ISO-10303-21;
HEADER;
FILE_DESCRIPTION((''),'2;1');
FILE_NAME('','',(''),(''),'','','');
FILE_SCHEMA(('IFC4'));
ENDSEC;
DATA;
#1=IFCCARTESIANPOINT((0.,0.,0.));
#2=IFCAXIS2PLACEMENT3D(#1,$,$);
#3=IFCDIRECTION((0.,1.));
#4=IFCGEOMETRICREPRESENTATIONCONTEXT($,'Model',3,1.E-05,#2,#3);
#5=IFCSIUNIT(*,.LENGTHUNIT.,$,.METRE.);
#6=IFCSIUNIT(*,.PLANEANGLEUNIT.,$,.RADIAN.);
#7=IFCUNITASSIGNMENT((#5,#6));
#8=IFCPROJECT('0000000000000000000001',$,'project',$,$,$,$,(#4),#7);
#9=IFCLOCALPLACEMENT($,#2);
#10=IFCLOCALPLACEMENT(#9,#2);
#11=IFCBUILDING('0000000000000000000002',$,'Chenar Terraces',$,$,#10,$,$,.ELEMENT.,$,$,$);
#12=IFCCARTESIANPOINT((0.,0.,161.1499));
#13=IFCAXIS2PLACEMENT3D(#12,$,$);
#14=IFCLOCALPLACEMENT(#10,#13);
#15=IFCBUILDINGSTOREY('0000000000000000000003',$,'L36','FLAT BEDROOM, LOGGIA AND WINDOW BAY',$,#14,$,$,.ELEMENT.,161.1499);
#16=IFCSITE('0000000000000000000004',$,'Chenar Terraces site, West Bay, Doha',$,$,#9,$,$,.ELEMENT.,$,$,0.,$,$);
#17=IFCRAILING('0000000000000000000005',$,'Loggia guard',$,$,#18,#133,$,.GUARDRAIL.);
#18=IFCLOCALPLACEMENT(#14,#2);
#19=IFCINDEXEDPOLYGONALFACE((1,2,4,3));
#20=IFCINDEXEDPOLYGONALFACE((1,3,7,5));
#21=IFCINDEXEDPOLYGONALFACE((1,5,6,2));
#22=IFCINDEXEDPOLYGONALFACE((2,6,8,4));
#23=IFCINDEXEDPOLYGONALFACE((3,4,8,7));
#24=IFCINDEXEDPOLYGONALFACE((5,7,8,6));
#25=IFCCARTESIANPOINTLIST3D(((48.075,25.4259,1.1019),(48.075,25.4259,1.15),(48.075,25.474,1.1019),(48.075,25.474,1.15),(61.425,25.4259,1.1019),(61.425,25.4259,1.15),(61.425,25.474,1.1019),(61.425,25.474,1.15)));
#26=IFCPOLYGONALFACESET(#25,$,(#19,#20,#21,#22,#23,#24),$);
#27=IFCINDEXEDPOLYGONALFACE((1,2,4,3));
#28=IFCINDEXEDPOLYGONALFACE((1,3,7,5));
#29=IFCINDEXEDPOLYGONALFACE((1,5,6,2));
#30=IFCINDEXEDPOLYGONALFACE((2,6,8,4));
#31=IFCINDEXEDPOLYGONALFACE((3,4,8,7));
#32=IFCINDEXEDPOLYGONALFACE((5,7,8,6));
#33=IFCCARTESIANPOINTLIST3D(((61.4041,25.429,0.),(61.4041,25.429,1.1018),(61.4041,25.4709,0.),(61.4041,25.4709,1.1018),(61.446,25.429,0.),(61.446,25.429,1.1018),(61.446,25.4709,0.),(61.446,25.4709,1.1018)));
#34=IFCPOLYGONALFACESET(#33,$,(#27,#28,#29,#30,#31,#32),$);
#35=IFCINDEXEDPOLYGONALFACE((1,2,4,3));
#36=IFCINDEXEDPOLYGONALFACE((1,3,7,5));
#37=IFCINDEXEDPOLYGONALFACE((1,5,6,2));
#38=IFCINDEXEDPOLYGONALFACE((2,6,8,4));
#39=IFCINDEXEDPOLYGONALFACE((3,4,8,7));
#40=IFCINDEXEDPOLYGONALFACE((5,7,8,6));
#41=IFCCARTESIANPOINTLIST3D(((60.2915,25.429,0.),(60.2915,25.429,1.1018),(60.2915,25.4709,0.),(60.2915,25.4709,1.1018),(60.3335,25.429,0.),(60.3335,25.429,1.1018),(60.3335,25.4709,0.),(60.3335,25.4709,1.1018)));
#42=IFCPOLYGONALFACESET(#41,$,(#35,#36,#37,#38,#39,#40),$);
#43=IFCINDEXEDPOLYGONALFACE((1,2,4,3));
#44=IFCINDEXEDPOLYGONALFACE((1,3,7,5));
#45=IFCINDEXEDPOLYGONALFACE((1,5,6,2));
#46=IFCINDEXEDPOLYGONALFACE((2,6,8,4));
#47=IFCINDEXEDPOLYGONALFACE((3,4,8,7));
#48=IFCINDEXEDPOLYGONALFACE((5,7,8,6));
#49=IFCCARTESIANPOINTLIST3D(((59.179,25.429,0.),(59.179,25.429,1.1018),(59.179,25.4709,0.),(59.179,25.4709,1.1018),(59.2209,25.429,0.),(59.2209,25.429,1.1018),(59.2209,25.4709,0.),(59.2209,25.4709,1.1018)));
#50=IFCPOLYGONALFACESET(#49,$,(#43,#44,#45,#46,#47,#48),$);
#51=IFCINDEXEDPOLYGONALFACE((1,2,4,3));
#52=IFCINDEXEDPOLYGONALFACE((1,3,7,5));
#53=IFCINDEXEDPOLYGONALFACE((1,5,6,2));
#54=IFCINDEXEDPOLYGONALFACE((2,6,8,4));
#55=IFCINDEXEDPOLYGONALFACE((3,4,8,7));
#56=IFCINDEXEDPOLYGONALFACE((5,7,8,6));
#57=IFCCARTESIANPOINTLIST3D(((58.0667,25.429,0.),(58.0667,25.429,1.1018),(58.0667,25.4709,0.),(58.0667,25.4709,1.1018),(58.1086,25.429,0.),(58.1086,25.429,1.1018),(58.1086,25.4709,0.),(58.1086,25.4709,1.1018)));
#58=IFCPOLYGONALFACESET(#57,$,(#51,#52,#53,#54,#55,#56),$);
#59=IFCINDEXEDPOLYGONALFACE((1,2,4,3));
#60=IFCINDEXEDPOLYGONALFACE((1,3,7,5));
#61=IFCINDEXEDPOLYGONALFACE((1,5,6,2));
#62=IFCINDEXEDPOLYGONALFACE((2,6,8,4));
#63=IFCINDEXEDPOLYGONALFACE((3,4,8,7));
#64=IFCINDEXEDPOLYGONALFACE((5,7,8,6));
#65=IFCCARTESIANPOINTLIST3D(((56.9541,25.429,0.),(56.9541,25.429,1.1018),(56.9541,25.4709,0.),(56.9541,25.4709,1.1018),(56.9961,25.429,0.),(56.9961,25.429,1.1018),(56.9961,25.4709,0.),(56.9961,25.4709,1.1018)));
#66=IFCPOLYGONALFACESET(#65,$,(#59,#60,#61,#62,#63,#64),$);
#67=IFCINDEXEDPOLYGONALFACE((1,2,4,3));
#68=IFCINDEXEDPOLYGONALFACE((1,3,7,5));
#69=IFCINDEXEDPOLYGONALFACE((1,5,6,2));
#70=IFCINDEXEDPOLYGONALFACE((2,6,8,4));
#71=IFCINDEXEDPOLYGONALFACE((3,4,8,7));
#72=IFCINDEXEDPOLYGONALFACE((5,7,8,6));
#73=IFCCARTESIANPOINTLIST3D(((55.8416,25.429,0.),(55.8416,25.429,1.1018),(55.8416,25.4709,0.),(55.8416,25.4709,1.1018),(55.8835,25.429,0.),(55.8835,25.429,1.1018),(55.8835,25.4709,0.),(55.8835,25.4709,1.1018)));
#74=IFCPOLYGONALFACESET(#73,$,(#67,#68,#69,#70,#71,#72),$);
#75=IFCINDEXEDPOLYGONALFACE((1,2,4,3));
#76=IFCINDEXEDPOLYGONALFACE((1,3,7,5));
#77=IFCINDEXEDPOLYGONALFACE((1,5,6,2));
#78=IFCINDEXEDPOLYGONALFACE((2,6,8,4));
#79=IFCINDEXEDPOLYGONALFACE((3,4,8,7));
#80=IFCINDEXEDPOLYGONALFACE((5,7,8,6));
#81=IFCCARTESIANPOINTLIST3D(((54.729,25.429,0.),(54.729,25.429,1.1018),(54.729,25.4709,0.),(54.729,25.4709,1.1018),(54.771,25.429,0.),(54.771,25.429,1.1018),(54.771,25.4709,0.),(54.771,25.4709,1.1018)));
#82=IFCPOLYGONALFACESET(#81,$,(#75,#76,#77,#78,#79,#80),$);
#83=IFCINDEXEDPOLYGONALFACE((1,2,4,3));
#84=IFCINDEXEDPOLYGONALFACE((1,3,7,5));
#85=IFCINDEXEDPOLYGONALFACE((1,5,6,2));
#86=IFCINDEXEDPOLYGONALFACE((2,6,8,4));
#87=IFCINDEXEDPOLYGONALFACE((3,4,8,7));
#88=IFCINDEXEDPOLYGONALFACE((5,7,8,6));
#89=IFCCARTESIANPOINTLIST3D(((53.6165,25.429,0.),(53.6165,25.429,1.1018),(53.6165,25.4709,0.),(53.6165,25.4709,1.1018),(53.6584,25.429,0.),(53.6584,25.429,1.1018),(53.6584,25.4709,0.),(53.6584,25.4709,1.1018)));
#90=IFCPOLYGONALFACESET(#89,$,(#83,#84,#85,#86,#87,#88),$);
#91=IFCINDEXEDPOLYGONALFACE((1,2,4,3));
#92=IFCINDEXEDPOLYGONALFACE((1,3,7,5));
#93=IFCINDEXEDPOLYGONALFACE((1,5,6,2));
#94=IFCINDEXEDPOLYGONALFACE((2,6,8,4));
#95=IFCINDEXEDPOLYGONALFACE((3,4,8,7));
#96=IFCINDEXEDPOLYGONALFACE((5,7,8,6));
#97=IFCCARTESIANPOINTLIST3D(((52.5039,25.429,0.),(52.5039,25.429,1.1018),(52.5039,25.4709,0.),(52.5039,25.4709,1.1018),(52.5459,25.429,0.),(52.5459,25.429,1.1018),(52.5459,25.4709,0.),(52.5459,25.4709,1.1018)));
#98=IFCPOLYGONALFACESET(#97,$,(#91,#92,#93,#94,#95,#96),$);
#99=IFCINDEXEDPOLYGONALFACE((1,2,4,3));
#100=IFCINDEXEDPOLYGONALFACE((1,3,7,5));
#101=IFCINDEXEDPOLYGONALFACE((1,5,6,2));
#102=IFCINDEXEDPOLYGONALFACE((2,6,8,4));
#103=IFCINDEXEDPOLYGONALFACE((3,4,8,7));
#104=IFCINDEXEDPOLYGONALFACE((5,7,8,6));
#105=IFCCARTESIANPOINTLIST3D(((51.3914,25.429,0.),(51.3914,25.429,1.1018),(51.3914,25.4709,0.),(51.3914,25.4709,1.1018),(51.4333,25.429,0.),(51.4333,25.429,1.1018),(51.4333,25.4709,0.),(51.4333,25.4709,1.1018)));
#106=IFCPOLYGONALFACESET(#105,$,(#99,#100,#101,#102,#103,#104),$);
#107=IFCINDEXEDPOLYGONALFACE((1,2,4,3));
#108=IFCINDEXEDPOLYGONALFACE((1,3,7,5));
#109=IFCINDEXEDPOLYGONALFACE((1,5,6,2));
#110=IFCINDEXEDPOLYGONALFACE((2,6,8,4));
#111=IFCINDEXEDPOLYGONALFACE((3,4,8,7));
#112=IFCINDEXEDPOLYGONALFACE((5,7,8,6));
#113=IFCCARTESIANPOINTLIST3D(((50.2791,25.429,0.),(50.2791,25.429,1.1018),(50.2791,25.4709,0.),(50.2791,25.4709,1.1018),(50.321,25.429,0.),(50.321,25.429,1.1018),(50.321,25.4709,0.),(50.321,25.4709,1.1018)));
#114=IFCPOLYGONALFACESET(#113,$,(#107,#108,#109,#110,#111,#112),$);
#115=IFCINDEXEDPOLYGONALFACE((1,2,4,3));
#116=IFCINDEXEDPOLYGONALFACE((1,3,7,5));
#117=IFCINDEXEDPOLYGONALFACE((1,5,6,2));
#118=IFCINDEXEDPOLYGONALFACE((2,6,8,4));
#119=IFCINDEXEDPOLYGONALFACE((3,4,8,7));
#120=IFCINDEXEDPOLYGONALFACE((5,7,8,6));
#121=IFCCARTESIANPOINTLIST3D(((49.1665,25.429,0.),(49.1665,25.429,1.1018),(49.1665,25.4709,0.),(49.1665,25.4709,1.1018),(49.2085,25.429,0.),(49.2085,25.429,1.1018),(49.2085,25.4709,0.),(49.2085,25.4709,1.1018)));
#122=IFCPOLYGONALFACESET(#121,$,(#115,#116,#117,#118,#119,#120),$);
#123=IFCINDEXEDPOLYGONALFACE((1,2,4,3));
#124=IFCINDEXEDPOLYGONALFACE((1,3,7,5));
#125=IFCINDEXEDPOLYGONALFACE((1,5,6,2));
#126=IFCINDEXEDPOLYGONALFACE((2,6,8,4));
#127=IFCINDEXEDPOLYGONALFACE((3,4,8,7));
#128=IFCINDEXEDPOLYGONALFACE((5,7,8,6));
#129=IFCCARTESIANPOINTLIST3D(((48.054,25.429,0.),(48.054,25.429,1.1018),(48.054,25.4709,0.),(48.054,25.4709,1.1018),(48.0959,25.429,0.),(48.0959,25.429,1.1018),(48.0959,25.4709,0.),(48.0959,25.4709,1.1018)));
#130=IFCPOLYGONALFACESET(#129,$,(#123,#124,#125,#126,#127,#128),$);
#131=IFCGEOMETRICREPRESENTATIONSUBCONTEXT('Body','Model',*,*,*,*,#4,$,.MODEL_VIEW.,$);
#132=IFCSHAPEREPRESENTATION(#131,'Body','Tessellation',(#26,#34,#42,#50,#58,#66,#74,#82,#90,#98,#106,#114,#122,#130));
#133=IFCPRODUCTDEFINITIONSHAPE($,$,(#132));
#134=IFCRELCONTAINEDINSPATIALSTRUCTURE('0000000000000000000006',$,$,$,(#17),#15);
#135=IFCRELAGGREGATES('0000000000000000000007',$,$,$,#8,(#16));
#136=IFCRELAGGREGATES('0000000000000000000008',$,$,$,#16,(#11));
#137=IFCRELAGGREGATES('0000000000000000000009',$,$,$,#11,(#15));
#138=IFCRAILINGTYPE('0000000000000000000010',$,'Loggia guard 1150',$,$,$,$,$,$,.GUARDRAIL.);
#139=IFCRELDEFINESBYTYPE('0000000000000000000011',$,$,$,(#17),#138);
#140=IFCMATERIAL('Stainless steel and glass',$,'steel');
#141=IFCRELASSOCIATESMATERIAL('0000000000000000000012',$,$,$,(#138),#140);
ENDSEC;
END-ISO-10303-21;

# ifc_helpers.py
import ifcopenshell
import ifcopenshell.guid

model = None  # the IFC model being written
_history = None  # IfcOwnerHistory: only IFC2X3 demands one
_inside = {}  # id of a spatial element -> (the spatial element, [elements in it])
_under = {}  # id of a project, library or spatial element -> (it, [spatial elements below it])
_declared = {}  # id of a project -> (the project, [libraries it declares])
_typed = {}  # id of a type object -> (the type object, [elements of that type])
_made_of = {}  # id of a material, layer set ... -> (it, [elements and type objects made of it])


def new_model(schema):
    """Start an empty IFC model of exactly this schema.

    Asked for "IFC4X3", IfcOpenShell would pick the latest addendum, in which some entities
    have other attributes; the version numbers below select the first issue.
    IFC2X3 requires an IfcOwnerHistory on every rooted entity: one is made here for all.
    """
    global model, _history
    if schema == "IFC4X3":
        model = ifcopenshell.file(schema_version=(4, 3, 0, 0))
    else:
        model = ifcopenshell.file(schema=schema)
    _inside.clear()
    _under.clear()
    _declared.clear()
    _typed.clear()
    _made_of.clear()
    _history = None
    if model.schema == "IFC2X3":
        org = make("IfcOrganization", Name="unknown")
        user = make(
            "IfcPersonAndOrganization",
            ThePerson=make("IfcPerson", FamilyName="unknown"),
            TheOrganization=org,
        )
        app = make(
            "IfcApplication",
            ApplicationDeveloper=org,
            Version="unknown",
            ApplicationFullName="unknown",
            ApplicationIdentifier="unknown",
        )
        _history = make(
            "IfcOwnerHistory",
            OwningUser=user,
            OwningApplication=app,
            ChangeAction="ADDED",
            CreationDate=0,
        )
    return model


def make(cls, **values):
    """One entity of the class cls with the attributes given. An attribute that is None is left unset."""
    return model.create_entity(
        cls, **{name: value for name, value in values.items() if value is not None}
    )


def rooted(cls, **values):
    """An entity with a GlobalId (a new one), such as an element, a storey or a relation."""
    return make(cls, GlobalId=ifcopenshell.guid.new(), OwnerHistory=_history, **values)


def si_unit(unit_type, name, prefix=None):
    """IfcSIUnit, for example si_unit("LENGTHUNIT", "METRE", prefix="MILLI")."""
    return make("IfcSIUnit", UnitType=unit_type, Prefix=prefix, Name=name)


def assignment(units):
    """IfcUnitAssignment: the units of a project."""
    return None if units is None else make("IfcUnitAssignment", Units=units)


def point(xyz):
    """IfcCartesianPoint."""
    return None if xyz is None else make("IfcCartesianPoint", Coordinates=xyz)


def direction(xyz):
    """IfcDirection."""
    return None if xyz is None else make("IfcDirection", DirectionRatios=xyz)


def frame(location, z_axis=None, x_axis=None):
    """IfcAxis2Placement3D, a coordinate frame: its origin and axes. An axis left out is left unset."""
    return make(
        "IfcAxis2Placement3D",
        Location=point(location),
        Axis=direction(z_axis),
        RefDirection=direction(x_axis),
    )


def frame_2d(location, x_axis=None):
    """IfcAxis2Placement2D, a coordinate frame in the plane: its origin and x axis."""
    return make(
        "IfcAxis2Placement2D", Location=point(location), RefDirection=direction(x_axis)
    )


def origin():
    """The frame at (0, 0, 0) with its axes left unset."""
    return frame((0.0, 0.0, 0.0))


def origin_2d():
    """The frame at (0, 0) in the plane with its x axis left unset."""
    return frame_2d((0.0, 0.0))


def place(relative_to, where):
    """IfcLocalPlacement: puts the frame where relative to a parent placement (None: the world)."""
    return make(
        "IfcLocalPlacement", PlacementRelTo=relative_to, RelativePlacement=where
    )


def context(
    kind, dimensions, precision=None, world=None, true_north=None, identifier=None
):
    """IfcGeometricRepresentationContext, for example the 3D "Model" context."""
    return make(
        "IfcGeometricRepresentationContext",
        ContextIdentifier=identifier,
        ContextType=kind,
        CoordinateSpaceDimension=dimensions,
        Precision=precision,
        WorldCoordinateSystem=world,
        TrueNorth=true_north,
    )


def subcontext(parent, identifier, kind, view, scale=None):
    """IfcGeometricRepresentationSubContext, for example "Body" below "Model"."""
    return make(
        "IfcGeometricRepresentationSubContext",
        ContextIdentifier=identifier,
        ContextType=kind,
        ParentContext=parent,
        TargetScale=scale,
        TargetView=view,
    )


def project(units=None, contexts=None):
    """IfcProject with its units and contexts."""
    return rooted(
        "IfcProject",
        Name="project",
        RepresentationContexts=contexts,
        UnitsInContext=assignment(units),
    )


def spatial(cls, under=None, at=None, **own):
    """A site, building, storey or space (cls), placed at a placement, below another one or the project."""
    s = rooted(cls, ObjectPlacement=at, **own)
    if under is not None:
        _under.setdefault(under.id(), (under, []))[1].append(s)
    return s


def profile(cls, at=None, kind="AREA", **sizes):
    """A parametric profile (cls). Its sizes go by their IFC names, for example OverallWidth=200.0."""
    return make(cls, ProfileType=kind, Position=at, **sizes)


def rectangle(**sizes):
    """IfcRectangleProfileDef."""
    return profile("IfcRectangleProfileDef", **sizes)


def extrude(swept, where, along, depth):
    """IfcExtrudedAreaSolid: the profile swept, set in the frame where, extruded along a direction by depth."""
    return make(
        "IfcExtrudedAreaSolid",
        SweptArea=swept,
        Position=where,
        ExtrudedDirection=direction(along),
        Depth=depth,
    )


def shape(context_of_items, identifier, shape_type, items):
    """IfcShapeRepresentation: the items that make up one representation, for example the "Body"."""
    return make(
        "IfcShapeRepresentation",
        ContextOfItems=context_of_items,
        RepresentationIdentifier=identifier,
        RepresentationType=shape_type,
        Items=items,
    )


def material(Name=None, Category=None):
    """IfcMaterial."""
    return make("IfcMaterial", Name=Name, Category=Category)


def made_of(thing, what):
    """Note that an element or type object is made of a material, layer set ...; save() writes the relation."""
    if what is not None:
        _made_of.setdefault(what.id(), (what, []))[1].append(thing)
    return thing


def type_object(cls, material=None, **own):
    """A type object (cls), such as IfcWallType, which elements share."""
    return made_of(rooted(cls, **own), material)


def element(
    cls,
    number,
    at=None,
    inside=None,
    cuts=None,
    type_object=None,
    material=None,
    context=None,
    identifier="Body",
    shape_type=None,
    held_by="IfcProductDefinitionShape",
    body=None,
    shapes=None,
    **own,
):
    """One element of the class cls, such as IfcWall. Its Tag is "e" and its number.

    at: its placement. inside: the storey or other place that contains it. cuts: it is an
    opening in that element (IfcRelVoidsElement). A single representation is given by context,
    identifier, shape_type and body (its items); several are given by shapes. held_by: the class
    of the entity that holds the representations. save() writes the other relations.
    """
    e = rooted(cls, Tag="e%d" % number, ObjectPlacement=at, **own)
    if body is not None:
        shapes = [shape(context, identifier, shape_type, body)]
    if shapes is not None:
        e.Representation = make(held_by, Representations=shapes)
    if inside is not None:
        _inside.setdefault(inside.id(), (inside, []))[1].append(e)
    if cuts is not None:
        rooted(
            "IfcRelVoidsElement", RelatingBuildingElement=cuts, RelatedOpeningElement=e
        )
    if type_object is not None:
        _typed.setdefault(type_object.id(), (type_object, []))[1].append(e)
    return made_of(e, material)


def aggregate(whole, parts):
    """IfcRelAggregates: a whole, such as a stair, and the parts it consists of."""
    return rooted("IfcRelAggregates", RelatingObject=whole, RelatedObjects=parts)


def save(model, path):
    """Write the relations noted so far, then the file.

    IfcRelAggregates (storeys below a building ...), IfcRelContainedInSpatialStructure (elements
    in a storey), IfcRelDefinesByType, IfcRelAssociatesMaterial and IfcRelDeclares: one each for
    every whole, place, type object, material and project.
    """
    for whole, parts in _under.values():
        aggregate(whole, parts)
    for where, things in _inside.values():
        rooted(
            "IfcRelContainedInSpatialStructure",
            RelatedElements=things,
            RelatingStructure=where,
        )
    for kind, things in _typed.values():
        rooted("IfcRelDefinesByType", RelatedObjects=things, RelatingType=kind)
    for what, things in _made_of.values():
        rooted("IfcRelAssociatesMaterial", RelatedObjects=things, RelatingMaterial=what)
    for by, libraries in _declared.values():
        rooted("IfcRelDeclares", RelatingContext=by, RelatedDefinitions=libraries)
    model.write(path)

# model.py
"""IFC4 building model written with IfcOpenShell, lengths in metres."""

from ifc_helpers import new_model, si_unit, direction, frame, origin, origin_2d, place, context, subcontext, project, spatial, rectangle, extrude, material, type_object, element, save


model = new_model("IFC4")

# Units and contexts
model_context = context("Model", 3, precision=1e-05, world=origin(), true_north=direction((0.0, 1.0)))
body_context = subcontext(model_context, "Body", "Model", "MODEL_VIEW")
ifc_project = project(units=[si_unit("LENGTHUNIT", "METRE"), si_unit("PLANEANGLEUNIT", "RADIAN")], contexts=[model_context])

# Site, building, storey
site_placement = place(None, origin())
site = spatial("IfcSite", under=ifc_project, at=site_placement, Name="Chenar Terraces site, West Bay, Doha", CompositionType="ELEMENT", RefElevation=0.0)
building_placement = place(site_placement, origin())
building = spatial("IfcBuilding", under=site, at=building_placement, Name="Chenar Terraces", CompositionType="ELEMENT")
storey_placement = place(building_placement, frame((0.0, 0.0, 161.1499)))
storey = spatial("IfcBuildingStorey", under=building, at=storey_placement, Name="L36", Description="FLAT BEDROOM, LOGGIA AND WINDOW BAY", CompositionType="ELEMENT", Elevation=161.1499)

# Railing
ifc_material_1 = material(Name="Stainless steel and glass", Category="steel")
railing_type = type_object("IfcRailingType", Name="Loggia guard 1150", PredefinedType="GUARDRAIL", material=ifc_material_1)
railing_placement = place(storey_placement, frame((61.425, 25.45, 0.0)))
element("IfcRailing", 1, at=railing_placement, inside=storey, type_object=railing_type, Name="Loggia guard", PredefinedType="GUARDRAIL", context=body_context, shape_type="SweptSolid", body=[
    extrude(rectangle(XDim=0.0481, YDim=0.0481, at=origin_2d()), frame((0.0, 0.0, 1.126), z_axis=(-1.0, 0.0, 0.0), x_axis=(0.0, -1.0, 0.0)), (0.0, 0.0, 1.0), 13.3501),
    extrude(rectangle(XDim=0.042, YDim=0.042, at=origin_2d()), origin(), (0.0, 0.0, 1.0), 1.1018),
    extrude(rectangle(XDim=0.042, YDim=0.042, at=origin_2d()), frame((-1.1125, 0.0, 0.0)), (0.0, 0.0, 1.0), 1.1018),
    extrude(rectangle(XDim=0.042, YDim=0.042, at=origin_2d()), frame((-2.2251, 0.0, 0.0)), (0.0, 0.0, 1.0), 1.1018),
    extrude(rectangle(XDim=0.042, YDim=0.042, at=origin_2d()), frame((-3.3374, 0.0, 0.0)), (0.0, 0.0, 1.0), 1.1018),
    extrude(rectangle(XDim=0.042, YDim=0.042, at=origin_2d()), frame((-4.45, 0.0, 0.0)), (0.0, 0.0, 1.0), 1.1018),
    extrude(rectangle(XDim=0.042, YDim=0.042, at=origin_2d()), frame((-5.5625, 0.0, 0.0)), (0.0, 0.0, 1.0), 1.1018),
    extrude(rectangle(XDim=0.042, YDim=0.042, at=origin_2d()), frame((-6.675, 0.0, 0.0)), (0.0, 0.0, 1.0), 1.1018),
    extrude(rectangle(XDim=0.042, YDim=0.042, at=origin_2d()), frame((-7.7876, 0.0, 0.0)), (0.0, 0.0, 1.0), 1.1018),
    extrude(rectangle(XDim=0.042, YDim=0.042, at=origin_2d()), frame((-8.9001, 0.0, 0.0)), (0.0, 0.0, 1.0), 1.1018),
    extrude(rectangle(XDim=0.042, YDim=0.042, at=origin_2d()), frame((-10.0127, 0.0, 0.0)), (0.0, 0.0, 1.0), 1.1018),
    extrude(rectangle(XDim=0.042, YDim=0.042, at=origin_2d()), frame((-11.125, 0.0, 0.0)), (0.0, 0.0, 1.0), 1.1018),
    extrude(rectangle(XDim=0.042, YDim=0.042, at=origin_2d()), frame((-12.2375, 0.0, 0.0)), (0.0, 0.0, 1.0), 1.1018),
    extrude(rectangle(XDim=0.042, YDim=0.042, at=origin_2d()), frame((-13.3501, 0.0, 0.0)), (0.0, 0.0, 1.0), 1.1018),
])

save(model, "model.ifc")
